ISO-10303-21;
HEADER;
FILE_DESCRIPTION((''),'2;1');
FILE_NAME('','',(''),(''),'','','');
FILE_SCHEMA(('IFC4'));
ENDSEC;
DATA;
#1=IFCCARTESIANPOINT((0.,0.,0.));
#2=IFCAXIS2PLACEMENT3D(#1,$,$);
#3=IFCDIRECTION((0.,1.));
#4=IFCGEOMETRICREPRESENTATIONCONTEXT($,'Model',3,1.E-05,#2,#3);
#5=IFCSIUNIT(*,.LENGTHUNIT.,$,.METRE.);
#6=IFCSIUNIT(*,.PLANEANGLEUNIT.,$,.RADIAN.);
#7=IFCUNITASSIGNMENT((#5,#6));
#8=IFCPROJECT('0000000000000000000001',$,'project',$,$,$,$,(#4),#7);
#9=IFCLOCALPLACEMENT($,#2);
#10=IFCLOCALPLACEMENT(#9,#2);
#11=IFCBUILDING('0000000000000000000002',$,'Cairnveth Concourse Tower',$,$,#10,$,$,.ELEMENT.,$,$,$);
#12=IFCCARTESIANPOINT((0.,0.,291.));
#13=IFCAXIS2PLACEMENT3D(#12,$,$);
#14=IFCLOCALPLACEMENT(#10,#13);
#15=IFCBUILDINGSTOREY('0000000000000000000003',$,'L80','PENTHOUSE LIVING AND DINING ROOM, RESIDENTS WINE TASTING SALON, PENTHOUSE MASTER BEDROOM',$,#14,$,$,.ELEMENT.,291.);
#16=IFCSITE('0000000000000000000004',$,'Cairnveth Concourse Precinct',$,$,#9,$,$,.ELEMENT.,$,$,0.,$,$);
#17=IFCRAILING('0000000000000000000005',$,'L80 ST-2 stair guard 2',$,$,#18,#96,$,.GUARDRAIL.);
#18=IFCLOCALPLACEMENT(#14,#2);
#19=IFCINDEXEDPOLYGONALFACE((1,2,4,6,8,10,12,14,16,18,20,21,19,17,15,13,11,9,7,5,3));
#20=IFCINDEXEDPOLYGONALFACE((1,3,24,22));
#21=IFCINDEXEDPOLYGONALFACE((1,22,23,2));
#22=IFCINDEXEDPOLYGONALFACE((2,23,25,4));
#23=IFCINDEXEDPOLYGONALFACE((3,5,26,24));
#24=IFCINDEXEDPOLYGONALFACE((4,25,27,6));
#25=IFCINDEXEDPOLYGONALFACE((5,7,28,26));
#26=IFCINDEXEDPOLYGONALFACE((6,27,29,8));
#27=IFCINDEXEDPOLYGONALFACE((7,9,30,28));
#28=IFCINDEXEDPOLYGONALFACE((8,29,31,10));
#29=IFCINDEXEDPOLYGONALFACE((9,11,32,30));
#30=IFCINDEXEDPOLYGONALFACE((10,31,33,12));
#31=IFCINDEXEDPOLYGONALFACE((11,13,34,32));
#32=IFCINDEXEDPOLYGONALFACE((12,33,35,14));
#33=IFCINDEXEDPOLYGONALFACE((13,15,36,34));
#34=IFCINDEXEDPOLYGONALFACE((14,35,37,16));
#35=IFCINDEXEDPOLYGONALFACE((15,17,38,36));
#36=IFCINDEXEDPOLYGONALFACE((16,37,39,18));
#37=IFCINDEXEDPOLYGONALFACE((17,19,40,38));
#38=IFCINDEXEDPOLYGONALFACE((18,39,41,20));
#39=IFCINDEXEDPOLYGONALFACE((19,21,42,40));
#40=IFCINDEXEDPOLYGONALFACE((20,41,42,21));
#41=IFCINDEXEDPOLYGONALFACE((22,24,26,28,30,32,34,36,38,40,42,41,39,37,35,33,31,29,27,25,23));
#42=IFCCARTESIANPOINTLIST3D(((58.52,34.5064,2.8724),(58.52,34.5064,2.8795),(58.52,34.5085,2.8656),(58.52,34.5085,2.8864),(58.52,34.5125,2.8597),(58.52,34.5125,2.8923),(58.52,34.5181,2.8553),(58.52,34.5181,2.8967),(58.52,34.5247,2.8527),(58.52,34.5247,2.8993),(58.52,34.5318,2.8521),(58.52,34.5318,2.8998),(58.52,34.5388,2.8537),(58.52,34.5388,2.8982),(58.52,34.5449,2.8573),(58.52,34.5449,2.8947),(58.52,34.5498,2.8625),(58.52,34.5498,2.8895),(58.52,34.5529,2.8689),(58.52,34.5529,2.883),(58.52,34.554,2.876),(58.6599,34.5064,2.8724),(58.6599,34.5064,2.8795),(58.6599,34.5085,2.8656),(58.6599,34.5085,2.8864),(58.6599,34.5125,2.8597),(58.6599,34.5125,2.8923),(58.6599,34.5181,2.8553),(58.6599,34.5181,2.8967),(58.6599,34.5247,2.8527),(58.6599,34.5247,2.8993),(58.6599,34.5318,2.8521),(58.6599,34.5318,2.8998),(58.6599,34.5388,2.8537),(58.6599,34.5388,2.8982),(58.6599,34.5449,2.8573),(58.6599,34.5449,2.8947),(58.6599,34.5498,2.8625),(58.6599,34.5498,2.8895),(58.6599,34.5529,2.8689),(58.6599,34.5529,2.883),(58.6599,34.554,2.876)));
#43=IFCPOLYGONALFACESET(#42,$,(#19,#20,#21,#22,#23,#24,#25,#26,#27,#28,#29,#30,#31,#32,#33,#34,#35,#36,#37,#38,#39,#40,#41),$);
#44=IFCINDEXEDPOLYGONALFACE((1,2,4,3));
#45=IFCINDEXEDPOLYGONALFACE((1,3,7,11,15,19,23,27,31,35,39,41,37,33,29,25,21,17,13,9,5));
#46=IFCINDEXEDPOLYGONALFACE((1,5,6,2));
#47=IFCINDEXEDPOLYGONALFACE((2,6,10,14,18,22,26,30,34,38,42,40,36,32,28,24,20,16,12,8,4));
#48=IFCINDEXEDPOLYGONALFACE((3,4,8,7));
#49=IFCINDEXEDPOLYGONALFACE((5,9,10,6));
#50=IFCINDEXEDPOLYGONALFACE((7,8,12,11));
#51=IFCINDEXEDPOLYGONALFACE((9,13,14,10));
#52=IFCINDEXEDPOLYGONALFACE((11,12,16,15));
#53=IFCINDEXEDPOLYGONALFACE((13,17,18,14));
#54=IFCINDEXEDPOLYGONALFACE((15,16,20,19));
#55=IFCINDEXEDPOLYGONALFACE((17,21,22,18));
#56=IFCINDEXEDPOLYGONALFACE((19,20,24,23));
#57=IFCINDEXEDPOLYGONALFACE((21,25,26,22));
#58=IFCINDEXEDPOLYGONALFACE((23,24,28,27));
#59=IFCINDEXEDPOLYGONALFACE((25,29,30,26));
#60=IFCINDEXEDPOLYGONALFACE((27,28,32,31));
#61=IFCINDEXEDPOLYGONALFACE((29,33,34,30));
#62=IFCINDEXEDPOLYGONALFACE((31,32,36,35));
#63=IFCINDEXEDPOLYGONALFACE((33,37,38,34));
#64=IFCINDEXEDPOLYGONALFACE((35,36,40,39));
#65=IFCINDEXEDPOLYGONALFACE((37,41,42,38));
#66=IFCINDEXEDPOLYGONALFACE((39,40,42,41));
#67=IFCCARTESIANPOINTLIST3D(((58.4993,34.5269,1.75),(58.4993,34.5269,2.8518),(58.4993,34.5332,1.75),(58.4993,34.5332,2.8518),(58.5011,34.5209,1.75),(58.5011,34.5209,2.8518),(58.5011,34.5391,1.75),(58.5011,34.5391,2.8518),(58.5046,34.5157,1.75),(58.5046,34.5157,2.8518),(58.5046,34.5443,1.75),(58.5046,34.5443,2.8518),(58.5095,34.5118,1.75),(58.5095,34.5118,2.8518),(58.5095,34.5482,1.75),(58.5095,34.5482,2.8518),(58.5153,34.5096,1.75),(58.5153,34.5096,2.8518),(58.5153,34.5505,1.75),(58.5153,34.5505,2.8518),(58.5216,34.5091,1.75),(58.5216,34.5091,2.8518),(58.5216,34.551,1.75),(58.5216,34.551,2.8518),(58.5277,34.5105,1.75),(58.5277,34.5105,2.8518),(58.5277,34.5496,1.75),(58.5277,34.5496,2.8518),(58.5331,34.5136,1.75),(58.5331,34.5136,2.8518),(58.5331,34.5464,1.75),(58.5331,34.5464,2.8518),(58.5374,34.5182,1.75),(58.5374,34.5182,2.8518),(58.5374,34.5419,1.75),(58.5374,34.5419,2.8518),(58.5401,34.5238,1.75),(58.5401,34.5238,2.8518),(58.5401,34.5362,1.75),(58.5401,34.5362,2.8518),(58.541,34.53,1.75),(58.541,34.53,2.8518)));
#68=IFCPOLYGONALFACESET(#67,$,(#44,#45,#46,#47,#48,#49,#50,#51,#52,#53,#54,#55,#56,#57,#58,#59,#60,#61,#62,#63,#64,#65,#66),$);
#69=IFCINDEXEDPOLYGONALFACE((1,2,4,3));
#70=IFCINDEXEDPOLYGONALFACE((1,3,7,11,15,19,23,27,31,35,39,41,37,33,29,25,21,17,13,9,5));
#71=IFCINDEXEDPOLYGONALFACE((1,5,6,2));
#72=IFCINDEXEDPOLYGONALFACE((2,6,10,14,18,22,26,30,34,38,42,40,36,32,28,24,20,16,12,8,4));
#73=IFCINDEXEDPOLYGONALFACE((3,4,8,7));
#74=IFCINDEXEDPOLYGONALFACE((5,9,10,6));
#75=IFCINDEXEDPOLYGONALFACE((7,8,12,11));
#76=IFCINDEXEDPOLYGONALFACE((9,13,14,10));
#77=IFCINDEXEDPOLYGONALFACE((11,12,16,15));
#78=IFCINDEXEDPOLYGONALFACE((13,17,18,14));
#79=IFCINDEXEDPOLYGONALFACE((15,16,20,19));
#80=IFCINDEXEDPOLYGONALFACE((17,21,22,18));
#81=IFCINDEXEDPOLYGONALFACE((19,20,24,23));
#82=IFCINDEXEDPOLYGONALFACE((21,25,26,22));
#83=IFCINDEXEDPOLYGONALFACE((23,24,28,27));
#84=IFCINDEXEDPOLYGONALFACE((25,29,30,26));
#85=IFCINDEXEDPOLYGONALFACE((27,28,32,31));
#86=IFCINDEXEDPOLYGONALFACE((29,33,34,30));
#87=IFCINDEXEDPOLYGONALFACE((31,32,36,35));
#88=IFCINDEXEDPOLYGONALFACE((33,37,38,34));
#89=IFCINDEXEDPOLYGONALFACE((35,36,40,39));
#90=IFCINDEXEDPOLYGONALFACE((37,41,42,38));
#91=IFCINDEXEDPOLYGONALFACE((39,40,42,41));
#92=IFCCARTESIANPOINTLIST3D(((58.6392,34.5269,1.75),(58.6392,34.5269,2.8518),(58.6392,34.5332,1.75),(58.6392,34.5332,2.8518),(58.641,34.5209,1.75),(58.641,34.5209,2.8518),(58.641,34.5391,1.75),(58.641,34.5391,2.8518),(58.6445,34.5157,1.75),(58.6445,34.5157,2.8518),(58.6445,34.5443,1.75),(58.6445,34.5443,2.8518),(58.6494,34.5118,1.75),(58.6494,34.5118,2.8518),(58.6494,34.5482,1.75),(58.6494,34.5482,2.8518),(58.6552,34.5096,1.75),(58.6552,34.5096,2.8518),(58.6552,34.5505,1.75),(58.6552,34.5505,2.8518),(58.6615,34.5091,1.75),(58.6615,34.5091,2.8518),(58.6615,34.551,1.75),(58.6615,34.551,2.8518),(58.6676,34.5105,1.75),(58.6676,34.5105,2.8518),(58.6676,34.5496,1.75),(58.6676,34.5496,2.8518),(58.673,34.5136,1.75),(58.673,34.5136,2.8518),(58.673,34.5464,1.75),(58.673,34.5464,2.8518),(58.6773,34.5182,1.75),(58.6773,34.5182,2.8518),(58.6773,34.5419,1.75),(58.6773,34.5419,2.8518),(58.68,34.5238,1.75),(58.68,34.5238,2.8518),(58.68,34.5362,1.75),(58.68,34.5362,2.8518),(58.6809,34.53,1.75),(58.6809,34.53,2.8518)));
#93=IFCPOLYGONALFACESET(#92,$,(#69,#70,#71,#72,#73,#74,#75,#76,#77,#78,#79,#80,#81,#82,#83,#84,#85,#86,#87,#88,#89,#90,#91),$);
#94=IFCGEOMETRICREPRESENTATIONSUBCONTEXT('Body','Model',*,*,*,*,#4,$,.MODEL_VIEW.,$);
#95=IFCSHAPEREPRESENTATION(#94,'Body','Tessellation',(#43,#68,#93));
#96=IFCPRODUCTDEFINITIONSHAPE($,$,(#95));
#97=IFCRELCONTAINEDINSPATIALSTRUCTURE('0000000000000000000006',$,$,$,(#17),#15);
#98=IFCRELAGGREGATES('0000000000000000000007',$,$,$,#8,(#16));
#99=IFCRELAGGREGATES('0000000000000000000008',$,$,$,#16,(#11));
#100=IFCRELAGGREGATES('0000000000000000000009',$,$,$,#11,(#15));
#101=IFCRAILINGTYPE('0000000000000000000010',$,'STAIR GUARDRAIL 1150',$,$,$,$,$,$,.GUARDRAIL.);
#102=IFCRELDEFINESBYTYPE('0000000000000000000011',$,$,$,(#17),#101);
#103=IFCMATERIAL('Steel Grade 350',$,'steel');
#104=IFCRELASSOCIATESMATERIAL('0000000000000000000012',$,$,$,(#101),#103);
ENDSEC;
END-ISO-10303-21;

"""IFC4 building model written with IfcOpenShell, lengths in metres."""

from ifc_helpers import new_model, si_unit, direction, frame, origin, origin_2d, place, context, subcontext, project, spatial, circle, extrude, material, type_object, element, save


model = new_model("IFC4")

# Units and contexts
model_context = context("Model", 3, precision=1e-05, world=origin(), true_north=direction((0.0, 1.0)))
body_context = subcontext(model_context, "Body", "Model", "MODEL_VIEW")
ifc_project = project(units=[si_unit("LENGTHUNIT", "METRE"), si_unit("PLANEANGLEUNIT", "RADIAN")], contexts=[model_context])

# Site, building, storey
site_placement = place(None, origin())
site = spatial("IfcSite", under=ifc_project, at=site_placement, Name="Cairnveth Concourse Precinct", CompositionType="ELEMENT", RefElevation=0.0)
building_placement = place(site_placement, origin())
building = spatial("IfcBuilding", under=site, at=building_placement, Name="Cairnveth Concourse Tower", CompositionType="ELEMENT")
storey_placement = place(building_placement, frame((0.0, 0.0, 291.0)))
storey = spatial("IfcBuildingStorey", under=building, at=storey_placement, Name="L80", Description="PENTHOUSE LIVING AND DINING ROOM, RESIDENTS WINE TASTING SALON, PENTHOUSE MASTER BEDROOM", CompositionType="ELEMENT", Elevation=291.0)

# Shared definitions
ifc_material_1 = material(Name="Steel Grade 350", Category="steel")

# Railing
railing_type = type_object("IfcRailingType", Name="STAIR GUARDRAIL 1150", PredefinedType="GUARDRAIL", material=ifc_material_1)
railing_1_placement = place(storey_placement, frame((58.52, 34.53, 1.75)))
element("IfcRailing", 1, at=railing_1_placement, inside=storey, type_object=railing_type, Name="L80 ST-2 stair guard 2", PredefinedType="GUARDRAIL", context=body_context, shape_type="SweptSolid", body=[
    extrude(circle(Radius=0.0239, at=origin_2d()), frame((0.0, 0.0, 1.126), z_axis=(1.0, 0.0, 0.0), x_axis=(0.0, 1.0, 0.0)), (0.0, 0.0, 1.0), 0.1399),
    extrude(circle(Radius=0.021, at=origin_2d()), origin(), (0.0, 0.0, 1.0), 1.1018),
    extrude(circle(Radius=0.021, at=origin_2d()), frame((0.1399, 0.0, 0.0)), (0.0, 0.0, 1.0), 1.1018),
])

save(model, "model.ifc")
